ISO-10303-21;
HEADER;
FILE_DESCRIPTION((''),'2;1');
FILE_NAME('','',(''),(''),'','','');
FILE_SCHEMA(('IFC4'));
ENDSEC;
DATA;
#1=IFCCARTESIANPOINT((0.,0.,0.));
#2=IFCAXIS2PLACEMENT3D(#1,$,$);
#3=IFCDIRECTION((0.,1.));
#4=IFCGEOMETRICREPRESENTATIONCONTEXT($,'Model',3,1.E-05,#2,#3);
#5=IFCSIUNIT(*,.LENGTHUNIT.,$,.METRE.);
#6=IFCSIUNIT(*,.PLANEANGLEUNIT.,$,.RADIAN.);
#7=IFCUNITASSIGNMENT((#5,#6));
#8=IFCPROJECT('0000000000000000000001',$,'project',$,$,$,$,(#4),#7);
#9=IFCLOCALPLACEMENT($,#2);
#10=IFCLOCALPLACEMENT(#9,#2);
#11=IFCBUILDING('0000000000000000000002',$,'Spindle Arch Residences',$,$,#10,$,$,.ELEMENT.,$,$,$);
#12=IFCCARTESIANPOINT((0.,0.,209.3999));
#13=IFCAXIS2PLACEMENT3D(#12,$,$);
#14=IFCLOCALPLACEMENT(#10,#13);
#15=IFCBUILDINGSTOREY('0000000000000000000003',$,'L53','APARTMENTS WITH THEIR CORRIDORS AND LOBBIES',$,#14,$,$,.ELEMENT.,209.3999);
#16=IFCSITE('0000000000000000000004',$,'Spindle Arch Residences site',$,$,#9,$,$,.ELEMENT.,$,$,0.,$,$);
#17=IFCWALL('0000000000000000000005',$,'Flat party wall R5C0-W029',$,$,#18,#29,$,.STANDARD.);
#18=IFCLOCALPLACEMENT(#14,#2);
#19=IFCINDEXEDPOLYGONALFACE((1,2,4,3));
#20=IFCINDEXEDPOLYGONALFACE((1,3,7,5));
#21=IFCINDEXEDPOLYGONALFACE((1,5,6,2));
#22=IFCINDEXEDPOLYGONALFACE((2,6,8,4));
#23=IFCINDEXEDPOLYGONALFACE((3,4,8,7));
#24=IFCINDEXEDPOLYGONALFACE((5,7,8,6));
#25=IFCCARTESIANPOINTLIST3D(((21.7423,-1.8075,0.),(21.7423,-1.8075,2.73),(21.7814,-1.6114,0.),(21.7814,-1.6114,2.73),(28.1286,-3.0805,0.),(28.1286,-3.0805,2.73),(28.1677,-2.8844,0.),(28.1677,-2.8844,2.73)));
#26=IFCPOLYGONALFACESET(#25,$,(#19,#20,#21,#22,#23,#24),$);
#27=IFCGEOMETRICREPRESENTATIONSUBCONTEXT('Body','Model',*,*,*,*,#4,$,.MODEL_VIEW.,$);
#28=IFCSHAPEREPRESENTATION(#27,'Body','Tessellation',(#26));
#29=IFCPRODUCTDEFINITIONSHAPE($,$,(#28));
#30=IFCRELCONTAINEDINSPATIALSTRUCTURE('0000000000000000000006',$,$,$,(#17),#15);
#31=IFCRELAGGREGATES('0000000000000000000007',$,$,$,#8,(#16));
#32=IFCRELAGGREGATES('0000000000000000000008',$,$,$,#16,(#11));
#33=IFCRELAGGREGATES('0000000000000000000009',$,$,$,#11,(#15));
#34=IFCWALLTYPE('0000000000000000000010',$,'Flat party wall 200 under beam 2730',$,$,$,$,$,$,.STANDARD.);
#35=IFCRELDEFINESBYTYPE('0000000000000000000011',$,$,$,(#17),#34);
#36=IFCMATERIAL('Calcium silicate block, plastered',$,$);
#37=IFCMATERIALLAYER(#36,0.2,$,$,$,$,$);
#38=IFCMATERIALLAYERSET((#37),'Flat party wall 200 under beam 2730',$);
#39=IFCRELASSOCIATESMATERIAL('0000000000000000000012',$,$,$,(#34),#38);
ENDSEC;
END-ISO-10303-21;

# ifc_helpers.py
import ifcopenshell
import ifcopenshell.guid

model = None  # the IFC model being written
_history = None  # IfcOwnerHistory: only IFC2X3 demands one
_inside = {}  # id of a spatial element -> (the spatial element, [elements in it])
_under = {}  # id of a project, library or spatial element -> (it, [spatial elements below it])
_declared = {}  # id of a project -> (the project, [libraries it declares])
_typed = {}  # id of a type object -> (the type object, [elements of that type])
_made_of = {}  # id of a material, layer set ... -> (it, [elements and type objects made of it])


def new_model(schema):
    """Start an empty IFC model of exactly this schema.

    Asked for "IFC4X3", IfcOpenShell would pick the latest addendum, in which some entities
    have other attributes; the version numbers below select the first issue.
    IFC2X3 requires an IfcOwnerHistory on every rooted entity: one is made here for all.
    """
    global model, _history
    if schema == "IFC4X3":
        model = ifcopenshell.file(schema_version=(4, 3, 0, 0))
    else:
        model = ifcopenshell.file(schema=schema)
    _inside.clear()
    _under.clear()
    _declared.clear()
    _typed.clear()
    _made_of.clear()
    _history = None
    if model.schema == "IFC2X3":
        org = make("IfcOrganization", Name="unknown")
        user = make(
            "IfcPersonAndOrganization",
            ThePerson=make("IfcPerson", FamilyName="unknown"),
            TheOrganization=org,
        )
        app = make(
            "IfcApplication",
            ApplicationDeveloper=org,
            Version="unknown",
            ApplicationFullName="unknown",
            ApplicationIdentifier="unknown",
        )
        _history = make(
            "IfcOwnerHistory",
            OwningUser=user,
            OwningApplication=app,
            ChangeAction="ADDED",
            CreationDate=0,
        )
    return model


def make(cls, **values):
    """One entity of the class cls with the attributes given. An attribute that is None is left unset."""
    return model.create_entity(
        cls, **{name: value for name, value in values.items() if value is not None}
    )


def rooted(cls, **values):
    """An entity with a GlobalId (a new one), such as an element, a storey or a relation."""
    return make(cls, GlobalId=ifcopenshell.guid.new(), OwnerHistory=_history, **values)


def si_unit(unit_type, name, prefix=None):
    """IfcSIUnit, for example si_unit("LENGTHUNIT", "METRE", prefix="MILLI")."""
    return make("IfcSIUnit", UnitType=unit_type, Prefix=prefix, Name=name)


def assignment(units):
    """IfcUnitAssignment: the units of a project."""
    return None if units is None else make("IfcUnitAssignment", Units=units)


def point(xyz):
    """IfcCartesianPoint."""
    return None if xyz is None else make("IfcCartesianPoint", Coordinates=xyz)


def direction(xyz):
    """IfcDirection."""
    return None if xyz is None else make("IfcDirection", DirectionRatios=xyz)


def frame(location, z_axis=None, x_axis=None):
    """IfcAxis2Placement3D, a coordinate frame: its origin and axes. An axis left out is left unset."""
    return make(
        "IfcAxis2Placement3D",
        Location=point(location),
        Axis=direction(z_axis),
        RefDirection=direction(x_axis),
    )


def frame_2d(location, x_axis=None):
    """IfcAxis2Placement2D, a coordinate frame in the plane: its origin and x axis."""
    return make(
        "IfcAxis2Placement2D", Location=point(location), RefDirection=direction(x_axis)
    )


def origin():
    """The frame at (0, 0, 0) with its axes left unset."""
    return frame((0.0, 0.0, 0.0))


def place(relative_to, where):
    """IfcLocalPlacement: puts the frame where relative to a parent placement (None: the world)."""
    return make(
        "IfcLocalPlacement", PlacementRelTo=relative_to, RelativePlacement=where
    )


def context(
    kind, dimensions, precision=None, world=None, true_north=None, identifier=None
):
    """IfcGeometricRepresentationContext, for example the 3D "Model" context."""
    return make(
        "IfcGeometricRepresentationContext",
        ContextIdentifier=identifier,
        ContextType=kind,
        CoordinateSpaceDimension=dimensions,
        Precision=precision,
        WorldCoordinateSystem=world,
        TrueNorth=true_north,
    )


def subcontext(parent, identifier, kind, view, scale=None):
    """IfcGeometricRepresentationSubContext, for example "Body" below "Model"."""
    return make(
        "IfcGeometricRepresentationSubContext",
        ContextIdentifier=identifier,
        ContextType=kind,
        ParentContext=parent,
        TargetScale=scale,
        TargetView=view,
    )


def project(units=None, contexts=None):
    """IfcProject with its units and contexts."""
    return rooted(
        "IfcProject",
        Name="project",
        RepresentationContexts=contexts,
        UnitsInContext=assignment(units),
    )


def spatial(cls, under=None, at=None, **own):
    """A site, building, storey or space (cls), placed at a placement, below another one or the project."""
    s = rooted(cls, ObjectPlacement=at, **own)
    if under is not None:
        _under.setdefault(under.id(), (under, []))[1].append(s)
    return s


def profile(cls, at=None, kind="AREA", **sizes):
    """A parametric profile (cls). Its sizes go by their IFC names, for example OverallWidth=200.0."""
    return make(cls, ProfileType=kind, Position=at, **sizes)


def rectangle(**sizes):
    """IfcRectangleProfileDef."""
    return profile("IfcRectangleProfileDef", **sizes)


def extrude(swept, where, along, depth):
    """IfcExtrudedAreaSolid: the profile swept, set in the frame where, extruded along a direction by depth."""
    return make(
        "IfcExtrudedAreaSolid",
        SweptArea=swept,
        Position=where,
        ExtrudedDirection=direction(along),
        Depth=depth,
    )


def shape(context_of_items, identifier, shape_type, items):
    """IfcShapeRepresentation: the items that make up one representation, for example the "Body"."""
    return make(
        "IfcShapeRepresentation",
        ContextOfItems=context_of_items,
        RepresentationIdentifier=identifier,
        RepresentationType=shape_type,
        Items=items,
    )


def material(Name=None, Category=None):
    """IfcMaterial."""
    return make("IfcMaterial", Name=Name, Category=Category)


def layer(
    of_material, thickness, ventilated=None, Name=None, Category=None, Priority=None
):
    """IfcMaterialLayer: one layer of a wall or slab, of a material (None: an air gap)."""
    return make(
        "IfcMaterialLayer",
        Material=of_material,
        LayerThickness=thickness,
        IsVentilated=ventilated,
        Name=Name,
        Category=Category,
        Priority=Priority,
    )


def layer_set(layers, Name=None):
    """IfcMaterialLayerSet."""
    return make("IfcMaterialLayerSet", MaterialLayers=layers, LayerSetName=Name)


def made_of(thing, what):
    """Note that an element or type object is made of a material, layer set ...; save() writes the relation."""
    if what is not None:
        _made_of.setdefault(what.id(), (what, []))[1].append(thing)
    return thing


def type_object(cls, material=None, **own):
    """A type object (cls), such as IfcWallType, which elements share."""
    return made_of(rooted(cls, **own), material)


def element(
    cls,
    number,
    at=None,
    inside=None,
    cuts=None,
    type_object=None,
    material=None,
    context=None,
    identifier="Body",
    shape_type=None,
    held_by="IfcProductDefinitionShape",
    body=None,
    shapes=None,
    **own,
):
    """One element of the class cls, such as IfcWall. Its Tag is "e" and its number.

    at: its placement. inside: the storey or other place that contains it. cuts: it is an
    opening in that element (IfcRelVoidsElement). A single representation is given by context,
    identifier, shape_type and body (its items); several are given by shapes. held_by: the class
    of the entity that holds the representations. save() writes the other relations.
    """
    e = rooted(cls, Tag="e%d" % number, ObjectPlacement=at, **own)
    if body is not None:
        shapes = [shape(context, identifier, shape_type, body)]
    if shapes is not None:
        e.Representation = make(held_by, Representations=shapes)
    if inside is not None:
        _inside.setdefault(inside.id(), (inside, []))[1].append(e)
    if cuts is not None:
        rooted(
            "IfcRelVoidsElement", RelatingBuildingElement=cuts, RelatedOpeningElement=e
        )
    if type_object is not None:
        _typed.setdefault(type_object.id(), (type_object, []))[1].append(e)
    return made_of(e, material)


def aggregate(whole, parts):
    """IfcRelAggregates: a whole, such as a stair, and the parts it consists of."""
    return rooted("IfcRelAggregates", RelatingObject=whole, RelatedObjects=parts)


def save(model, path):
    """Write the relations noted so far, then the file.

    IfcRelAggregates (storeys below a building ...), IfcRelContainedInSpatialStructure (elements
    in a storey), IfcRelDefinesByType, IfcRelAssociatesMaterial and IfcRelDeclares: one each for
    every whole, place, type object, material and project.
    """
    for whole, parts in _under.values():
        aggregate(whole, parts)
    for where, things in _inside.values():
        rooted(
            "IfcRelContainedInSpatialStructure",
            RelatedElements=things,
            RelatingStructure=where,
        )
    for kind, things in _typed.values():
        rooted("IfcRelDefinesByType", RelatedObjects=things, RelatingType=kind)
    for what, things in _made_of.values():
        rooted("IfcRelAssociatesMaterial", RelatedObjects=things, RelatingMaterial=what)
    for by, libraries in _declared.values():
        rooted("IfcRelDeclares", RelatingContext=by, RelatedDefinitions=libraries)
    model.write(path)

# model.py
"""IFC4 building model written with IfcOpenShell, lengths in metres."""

from ifc_helpers import new_model, si_unit, direction, frame, frame_2d, origin, place, context, subcontext, project, spatial, rectangle, extrude, material, layer, layer_set, type_object, element, save


model = new_model("IFC4")

# Units and contexts
model_context = context("Model", 3, precision=1e-05, world=origin(), true_north=direction((0.0, 1.0)))
body_context = subcontext(model_context, "Body", "Model", "MODEL_VIEW")
ifc_project = project(units=[si_unit("LENGTHUNIT", "METRE"), si_unit("PLANEANGLEUNIT", "RADIAN")], contexts=[model_context])

# Site, building, storey
site_placement = place(None, origin())
site = spatial("IfcSite", under=ifc_project, at=site_placement, Name="Spindle Arch Residences site", CompositionType="ELEMENT", RefElevation=0.0)
building_placement = place(site_placement, origin())
building = spatial("IfcBuilding", under=site, at=building_placement, Name="Spindle Arch Residences", CompositionType="ELEMENT")
storey_placement = place(building_placement, frame((0.0, 0.0, 209.3999)))
storey = spatial("IfcBuildingStorey", under=building, at=storey_placement, Name="L53", Description="APARTMENTS WITH THEIR CORRIDORS AND LOBBIES", CompositionType="ELEMENT", Elevation=209.3999)

# Wall
ifc_material_1 = material(Name="Calcium silicate block, plastered")
ifc_layer_1 = layer(ifc_material_1, 0.2)
ifc_layer_set_1 = layer_set([ifc_layer_1], Name="Flat party wall 200 under beam 2730")
wall_type_1 = type_object("IfcWallType", Name="Flat party wall 200 under beam 2730", PredefinedType="STANDARD", material=ifc_layer_set_1)
wall_1_placement = place(storey_placement, frame((21.762, -1.7095, 0.0), z_axis=(0.0, 0.0, 1.0), x_axis=(0.980707, -0.195482, 0.0)))
element("IfcWall", 1, at=wall_1_placement, inside=storey, type_object=wall_type_1, Name="Flat party wall R5C0-W029", PredefinedType="STANDARD", context=body_context, shape_type="SweptSolid", body=[
    extrude(rectangle(XDim=6.512, YDim=0.2, at=frame_2d((3.2559, 0.0))), origin(), (0.0, 0.0, 1.0), 2.73),
])

save(model, "model.ifc")
